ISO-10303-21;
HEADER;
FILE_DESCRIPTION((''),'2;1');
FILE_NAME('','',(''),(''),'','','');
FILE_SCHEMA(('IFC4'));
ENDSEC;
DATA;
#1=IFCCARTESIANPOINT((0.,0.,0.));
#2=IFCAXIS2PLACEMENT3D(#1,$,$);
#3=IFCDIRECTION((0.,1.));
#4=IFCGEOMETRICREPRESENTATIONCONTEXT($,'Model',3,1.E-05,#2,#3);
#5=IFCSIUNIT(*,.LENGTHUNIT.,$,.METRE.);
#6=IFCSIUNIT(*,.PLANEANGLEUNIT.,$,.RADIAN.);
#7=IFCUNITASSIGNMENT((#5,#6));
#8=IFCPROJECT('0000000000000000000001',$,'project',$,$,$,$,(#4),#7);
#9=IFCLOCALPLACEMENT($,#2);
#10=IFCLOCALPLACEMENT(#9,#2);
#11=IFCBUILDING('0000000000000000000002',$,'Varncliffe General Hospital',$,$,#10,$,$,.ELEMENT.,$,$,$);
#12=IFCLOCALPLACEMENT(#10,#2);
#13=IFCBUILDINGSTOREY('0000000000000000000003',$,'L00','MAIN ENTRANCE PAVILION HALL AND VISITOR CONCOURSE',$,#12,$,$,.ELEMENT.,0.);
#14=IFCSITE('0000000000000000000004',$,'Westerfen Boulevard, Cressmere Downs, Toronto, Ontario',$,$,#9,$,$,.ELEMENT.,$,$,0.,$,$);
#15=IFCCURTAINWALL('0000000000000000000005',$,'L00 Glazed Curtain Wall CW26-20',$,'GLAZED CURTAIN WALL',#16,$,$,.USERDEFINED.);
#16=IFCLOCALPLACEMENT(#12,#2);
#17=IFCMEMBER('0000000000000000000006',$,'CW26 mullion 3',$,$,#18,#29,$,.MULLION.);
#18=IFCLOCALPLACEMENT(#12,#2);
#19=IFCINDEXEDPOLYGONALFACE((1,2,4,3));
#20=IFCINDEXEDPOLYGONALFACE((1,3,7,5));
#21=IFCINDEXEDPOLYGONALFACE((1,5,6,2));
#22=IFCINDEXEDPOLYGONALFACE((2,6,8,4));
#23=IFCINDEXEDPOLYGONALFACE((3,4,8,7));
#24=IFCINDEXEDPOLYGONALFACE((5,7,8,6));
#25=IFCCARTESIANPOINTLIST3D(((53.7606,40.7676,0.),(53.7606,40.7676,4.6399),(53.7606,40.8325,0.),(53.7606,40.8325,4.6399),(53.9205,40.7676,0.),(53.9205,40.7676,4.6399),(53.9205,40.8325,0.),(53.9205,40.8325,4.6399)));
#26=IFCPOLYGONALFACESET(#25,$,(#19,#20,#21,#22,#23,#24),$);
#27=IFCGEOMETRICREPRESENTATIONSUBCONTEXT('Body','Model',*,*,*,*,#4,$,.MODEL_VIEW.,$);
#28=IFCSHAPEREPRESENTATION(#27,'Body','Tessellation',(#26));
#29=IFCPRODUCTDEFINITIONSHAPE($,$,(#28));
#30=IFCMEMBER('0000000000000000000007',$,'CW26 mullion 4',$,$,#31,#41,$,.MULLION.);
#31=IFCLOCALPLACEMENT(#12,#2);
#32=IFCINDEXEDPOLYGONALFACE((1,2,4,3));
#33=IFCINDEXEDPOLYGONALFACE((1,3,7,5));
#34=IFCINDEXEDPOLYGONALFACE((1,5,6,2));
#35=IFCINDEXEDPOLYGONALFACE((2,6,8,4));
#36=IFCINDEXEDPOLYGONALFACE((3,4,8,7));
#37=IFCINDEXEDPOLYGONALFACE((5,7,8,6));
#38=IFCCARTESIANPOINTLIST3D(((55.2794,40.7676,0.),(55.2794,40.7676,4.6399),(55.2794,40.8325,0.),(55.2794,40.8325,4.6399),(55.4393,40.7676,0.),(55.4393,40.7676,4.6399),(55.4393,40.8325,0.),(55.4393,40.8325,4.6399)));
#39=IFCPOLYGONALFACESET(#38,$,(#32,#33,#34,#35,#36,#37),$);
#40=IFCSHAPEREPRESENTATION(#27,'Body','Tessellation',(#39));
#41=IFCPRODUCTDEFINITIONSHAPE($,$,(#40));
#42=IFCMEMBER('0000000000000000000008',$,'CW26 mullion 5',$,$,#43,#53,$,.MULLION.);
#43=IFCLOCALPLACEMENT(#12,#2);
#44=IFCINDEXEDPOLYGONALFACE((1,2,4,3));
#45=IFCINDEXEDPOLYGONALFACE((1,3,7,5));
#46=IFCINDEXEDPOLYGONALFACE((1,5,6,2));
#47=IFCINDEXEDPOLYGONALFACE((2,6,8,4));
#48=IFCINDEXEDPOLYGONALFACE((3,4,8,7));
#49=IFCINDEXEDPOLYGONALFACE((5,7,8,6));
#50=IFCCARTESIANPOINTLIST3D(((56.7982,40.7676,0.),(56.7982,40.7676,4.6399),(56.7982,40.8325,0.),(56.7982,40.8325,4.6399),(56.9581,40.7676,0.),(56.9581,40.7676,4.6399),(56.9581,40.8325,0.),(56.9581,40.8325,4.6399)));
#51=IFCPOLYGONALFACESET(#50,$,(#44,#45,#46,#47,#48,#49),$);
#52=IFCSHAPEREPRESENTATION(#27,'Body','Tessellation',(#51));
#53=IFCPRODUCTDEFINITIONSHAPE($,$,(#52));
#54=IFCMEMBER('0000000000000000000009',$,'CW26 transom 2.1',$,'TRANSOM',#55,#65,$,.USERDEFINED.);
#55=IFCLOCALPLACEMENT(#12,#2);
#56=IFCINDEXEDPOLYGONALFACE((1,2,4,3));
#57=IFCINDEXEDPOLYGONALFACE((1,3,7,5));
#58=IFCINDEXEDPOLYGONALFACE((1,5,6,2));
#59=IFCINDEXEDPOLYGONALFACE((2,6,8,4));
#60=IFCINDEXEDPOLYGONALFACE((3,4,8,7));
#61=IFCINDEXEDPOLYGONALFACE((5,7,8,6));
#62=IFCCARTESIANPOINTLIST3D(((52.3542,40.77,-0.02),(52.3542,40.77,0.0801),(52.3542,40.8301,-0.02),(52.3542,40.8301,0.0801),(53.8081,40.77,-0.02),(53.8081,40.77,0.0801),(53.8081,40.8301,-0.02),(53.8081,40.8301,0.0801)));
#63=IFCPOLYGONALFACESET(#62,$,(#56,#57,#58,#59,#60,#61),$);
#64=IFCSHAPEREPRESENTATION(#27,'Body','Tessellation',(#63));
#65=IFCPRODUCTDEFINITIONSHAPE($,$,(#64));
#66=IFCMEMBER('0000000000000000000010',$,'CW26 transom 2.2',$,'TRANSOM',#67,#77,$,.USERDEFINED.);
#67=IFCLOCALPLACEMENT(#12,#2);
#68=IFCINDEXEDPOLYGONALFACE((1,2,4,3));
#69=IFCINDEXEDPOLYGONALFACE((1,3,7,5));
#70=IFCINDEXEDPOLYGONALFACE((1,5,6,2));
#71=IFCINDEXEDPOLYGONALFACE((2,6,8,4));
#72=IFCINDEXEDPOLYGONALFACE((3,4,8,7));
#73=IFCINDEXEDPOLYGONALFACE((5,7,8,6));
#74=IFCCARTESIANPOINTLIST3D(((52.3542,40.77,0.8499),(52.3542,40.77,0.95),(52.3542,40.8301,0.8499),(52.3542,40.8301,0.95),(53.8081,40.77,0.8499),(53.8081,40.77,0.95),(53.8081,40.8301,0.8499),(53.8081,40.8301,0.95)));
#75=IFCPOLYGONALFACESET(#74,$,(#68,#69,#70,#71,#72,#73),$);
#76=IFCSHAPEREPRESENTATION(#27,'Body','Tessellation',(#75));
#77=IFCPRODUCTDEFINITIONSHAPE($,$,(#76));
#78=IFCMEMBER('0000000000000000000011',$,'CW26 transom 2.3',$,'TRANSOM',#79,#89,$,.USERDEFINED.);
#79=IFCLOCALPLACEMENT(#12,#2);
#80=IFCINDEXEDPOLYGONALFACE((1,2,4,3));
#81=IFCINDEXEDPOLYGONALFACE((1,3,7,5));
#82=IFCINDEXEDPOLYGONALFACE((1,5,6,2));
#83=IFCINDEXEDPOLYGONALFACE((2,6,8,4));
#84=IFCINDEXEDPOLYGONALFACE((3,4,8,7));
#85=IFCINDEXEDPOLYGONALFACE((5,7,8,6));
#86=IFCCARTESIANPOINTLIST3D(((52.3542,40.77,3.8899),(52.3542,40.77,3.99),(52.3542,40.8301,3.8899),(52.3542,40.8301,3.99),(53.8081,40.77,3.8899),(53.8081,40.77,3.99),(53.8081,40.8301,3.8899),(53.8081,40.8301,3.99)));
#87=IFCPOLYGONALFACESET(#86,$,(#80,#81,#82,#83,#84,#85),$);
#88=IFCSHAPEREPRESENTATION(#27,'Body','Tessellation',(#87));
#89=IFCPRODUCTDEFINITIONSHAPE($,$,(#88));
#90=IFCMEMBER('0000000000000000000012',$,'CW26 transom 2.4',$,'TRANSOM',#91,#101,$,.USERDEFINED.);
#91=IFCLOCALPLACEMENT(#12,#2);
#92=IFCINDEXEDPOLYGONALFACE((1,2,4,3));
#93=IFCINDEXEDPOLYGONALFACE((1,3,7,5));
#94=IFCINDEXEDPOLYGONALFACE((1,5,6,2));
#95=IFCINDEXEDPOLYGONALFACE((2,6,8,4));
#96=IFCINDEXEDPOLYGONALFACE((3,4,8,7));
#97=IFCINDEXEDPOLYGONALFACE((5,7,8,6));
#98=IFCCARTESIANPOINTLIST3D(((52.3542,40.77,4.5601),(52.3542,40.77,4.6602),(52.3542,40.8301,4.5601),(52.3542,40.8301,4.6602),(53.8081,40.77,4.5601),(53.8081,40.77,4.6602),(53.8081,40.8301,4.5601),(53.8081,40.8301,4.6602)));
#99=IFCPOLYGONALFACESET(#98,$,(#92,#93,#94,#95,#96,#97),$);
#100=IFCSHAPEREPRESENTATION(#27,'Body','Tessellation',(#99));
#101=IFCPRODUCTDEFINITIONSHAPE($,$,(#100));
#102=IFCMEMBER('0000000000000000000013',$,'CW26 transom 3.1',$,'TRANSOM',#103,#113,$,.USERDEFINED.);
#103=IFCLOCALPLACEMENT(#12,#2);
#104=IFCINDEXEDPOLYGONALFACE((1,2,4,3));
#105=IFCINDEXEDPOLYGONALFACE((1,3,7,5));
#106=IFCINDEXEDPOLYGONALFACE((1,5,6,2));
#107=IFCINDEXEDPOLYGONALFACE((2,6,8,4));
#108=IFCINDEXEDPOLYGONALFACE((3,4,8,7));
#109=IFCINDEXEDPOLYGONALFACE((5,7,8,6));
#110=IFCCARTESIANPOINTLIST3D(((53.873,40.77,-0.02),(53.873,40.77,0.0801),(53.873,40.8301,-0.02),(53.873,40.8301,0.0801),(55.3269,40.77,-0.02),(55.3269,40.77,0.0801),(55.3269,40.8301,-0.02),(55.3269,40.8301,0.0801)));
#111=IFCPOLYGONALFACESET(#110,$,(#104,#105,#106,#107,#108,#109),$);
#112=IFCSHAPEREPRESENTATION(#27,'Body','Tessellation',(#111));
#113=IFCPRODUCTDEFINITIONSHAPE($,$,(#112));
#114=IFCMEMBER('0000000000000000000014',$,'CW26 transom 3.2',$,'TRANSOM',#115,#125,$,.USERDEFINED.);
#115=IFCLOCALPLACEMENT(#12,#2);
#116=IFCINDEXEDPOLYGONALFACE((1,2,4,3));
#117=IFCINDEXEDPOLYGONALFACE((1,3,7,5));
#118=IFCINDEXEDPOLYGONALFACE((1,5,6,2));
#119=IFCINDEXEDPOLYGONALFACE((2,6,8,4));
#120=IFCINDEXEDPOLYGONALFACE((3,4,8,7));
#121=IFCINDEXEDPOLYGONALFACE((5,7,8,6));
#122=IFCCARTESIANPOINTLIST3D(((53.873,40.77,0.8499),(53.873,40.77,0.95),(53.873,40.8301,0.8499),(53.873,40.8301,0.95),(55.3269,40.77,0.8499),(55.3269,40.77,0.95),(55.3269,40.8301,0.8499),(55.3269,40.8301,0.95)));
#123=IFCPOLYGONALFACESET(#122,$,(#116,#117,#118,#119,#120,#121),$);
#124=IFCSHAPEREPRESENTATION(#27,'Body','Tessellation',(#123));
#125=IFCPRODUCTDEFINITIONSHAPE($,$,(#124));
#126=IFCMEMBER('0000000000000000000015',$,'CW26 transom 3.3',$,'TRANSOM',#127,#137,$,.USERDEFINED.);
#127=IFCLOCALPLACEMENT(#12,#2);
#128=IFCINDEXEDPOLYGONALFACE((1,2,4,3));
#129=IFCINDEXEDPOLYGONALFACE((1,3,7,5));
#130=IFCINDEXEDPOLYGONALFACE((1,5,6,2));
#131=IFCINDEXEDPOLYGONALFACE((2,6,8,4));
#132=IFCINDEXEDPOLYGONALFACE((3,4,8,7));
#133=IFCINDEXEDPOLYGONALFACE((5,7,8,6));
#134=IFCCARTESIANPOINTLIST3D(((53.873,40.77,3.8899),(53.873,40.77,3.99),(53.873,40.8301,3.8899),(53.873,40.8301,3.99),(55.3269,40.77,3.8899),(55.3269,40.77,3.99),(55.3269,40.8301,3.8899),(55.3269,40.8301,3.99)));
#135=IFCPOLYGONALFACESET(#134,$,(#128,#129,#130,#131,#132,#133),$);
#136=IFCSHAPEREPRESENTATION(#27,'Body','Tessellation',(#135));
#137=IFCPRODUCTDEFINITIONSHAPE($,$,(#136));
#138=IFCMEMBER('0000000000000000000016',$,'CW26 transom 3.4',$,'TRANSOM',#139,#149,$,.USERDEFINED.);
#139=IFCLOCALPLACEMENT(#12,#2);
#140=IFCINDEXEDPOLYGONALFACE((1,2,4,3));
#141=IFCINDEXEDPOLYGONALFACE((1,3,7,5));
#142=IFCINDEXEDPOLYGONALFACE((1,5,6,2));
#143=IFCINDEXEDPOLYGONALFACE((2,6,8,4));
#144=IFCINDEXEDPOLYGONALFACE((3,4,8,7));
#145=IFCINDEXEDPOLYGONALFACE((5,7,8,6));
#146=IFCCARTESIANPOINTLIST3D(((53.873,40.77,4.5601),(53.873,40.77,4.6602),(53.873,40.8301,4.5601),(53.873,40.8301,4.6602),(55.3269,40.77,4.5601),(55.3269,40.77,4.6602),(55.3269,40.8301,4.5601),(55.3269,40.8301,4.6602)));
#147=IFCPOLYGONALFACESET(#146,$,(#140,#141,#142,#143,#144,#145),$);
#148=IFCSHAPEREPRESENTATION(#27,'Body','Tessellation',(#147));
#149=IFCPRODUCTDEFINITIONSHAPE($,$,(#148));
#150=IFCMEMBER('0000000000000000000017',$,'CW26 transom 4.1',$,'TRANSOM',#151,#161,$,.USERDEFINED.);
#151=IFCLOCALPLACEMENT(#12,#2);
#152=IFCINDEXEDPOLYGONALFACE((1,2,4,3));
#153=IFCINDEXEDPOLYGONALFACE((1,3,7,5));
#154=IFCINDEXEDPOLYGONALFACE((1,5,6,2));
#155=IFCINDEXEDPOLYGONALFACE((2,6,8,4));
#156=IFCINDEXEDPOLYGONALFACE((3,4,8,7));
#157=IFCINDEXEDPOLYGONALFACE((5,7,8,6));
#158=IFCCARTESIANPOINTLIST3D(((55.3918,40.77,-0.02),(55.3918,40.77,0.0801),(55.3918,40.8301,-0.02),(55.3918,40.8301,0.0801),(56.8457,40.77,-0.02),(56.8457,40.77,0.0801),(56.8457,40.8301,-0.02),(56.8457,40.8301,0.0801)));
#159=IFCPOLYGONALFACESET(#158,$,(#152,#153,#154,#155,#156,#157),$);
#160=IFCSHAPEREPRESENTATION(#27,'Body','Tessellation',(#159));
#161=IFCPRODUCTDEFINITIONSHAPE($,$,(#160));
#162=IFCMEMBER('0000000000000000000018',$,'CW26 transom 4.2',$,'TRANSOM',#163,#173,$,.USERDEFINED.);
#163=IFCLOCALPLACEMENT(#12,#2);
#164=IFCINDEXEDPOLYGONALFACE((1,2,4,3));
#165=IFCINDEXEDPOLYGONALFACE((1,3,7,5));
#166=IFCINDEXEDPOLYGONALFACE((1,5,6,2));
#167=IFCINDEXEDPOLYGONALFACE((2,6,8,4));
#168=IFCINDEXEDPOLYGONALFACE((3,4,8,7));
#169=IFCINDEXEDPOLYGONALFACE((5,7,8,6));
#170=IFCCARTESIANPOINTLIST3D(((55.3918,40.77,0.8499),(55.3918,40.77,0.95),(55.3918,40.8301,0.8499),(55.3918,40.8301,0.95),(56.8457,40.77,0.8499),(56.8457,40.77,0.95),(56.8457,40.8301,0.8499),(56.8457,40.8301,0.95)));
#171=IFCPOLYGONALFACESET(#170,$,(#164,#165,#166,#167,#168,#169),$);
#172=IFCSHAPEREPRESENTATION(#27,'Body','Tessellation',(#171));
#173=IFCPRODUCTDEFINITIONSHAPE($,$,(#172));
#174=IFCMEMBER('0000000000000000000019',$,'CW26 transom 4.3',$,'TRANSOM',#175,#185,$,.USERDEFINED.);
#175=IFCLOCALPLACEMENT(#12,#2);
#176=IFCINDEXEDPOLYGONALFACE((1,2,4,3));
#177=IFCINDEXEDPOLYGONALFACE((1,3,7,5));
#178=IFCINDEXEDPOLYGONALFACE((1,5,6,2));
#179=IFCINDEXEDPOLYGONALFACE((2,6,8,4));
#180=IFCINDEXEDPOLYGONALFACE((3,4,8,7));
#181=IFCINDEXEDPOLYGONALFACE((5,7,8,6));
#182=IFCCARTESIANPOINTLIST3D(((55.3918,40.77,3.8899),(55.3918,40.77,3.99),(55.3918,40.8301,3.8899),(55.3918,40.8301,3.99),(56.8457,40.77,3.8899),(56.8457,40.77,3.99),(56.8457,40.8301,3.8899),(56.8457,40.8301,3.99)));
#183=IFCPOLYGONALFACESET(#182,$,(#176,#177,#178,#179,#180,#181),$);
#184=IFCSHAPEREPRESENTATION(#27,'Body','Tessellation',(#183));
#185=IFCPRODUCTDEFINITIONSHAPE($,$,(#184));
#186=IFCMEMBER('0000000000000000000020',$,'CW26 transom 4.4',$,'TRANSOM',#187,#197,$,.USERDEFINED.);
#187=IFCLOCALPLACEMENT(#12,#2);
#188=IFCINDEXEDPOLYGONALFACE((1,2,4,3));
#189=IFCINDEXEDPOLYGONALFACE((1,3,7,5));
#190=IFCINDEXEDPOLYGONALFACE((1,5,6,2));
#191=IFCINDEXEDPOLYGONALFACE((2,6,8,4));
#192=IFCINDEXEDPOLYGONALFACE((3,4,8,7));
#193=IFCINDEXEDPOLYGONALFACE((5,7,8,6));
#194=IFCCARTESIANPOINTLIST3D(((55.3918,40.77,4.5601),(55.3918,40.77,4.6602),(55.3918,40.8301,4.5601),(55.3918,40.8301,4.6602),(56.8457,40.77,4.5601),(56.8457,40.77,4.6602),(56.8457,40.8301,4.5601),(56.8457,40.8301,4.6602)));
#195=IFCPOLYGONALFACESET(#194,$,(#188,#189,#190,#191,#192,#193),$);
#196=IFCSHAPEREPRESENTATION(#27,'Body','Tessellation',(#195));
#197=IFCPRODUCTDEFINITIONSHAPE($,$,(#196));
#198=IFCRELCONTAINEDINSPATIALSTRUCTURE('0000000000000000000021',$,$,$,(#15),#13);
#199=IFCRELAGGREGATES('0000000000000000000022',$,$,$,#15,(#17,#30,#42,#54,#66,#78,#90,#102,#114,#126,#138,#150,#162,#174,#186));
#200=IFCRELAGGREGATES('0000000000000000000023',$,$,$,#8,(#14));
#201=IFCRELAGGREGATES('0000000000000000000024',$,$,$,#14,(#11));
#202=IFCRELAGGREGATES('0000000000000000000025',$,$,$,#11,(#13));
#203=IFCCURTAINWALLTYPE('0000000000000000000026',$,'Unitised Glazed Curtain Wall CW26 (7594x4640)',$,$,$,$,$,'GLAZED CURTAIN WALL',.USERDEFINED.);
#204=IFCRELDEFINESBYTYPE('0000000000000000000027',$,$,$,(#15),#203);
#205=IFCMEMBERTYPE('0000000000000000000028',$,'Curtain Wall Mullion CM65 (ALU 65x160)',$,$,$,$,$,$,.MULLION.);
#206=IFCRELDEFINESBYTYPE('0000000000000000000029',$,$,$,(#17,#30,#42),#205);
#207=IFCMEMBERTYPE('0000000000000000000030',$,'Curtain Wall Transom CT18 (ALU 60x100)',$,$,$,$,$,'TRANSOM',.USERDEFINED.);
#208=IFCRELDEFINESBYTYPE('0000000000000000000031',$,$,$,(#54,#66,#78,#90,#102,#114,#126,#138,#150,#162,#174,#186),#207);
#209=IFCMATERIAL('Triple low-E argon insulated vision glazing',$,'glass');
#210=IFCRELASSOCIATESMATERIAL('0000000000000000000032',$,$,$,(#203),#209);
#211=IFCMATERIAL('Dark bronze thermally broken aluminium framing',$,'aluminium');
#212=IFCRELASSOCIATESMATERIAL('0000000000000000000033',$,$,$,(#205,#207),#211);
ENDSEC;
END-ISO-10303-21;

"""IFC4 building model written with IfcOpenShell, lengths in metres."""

from ifc_helpers import new_model, si_unit, direction, frame, origin, origin_2d, place, context, subcontext, project, spatial, rectangle, extrude, material, material_profile, profile_set, type_object, element, aggregate, save


model = new_model("IFC4")

# Units and contexts
model_context = context("Model", 3, precision=1e-05, world=origin(), true_north=direction((0.0, 1.0)))
body_context = subcontext(model_context, "Body", "Model", "MODEL_VIEW")
ifc_project = project(units=[si_unit("LENGTHUNIT", "METRE"), si_unit("PLANEANGLEUNIT", "RADIAN")], contexts=[model_context])

# Site, building, storey
site_placement = place(None, origin())
site = spatial("IfcSite", under=ifc_project, at=site_placement, Name="Westerfen Boulevard, Cressmere Downs, Toronto, Ontario", CompositionType="ELEMENT", RefElevation=0.0)
building_placement = place(site_placement, origin())
building = spatial("IfcBuilding", under=site, at=building_placement, Name="Varncliffe General Hospital", CompositionType="ELEMENT")
storey_placement = place(building_placement, origin())
storey = spatial("IfcBuildingStorey", under=building, at=storey_placement, Name="L00", Description="MAIN ENTRANCE PAVILION HALL AND VISITOR CONCOURSE", CompositionType="ELEMENT", Elevation=0.0)

# Curtain wall, members
ifc_material_1 = material(Name="Triple low-E argon insulated vision glazing", Category="glass")
curtain_wall_type = type_object("IfcCurtainWallType", Name="Unitised Glazed Curtain Wall CW26 (7594x4640)", ElementType="GLAZED CURTAIN WALL", PredefinedType="USERDEFINED", material=ifc_material_1)
curtain_wall_placement = place(storey_placement, origin())
curtain_wall = element("IfcCurtainWall", 1, at=curtain_wall_placement, inside=storey, type_object=curtain_wall_type, Name="L00 Glazed Curtain Wall CW26-20", ObjectType="GLAZED CURTAIN WALL", PredefinedType="USERDEFINED")
ifc_material_2 = material(Name="Dark bronze thermally broken aluminium framing", Category="aluminium")
ifc_material_profile_1 = material_profile(ifc_material_2, rectangle(XDim=0.0649, YDim=0.1599, at=origin_2d()), Name="ALU 65x160")
ifc_profile_set_1 = profile_set([ifc_material_profile_1], Name="Dark bronze thermally broken aluminium framing")
member_type_1 = type_object("IfcMemberType", Name="Curtain Wall Mullion CM65 (ALU 65x160)", PredefinedType="MULLION", material=ifc_profile_set_1)
member_1_placement = place(storey_placement, frame((53.8406, 40.8, 0.0), z_axis=(0.0, 0.0, 1.0), x_axis=(0.0, 1.0, 0.0)))
member_1 = element("IfcMember", 2, at=member_1_placement, type_object=member_type_1, Name="CW26 mullion 3", PredefinedType="MULLION", context=body_context, shape_type="SweptSolid", body=[
    extrude(rectangle(XDim=0.0649, YDim=0.1599, at=origin_2d()), origin(), (0.0, 0.0, 1.0), 4.6399),
])
member_2_placement = place(storey_placement, frame((55.3594, 40.8, 0.0), z_axis=(0.0, 0.0, 1.0), x_axis=(0.0, 1.0, 0.0)))
member_2 = element("IfcMember", 3, at=member_2_placement, type_object=member_type_1, Name="CW26 mullion 4", PredefinedType="MULLION", context=body_context, shape_type="SweptSolid", body=[
    extrude(rectangle(XDim=0.0649, YDim=0.1599, at=origin_2d()), origin(), (0.0, 0.0, 1.0), 4.6399),
])
member_3_placement = place(storey_placement, frame((56.8782, 40.8, 0.0), z_axis=(0.0, 0.0, 1.0), x_axis=(0.0, 1.0, 0.0)))
member_3 = element("IfcMember", 4, at=member_3_placement, type_object=member_type_1, Name="CW26 mullion 5", PredefinedType="MULLION", context=body_context, shape_type="SweptSolid", body=[
    extrude(rectangle(XDim=0.0649, YDim=0.1599, at=origin_2d()), origin(), (0.0, 0.0, 1.0), 4.6399),
])
ifc_material_profile_2 = material_profile(ifc_material_2, rectangle(XDim=0.0601, YDim=0.1001, at=origin_2d()), Name="ALU 60x100")
ifc_profile_set_2 = profile_set([ifc_material_profile_2], Name="Dark bronze thermally broken aluminium framing")
member_type_2 = type_object("IfcMemberType", Name="Curtain Wall Transom CT18 (ALU 60x100)", ElementType="TRANSOM", PredefinedType="USERDEFINED", material=ifc_profile_set_2)
member_4_placement = place(storey_placement, frame((52.3542, 40.8, 0.03), z_axis=(1.0, 0.0, 0.0), x_axis=(0.0, 1.0, 0.0)))
member_4 = element("IfcMember", 5, at=member_4_placement, type_object=member_type_2, Name="CW26 transom 2.1", ObjectType="TRANSOM", PredefinedType="USERDEFINED", context=body_context, shape_type="SweptSolid", body=[
    extrude(rectangle(XDim=0.0601, YDim=0.1001, at=origin_2d()), origin(), (0.0, 0.0, 1.0), 1.4539),
])
member_5_placement = place(storey_placement, frame((52.3542, 40.8, 0.8999), z_axis=(1.0, 0.0, 0.0), x_axis=(0.0, 1.0, 0.0)))
member_5 = element("IfcMember", 6, at=member_5_placement, type_object=member_type_2, Name="CW26 transom 2.2", ObjectType="TRANSOM", PredefinedType="USERDEFINED", context=body_context, shape_type="SweptSolid", body=[
    extrude(rectangle(XDim=0.0601, YDim=0.1001, at=origin_2d()), origin(), (0.0, 0.0, 1.0), 1.4539),
])
member_6_placement = place(storey_placement, frame((52.3542, 40.8, 3.9399), z_axis=(1.0, 0.0, 0.0), x_axis=(0.0, 1.0, 0.0)))
member_6 = element("IfcMember", 7, at=member_6_placement, type_object=member_type_2, Name="CW26 transom 2.3", ObjectType="TRANSOM", PredefinedType="USERDEFINED", context=body_context, shape_type="SweptSolid", body=[
    extrude(rectangle(XDim=0.0601, YDim=0.1001, at=origin_2d()), origin(), (0.0, 0.0, 1.0), 1.4539),
])
member_7_placement = place(storey_placement, frame((52.3542, 40.8, 4.6101), z_axis=(1.0, 0.0, 0.0), x_axis=(0.0, 1.0, 0.0)))
member_7 = element("IfcMember", 8, at=member_7_placement, type_object=member_type_2, Name="CW26 transom 2.4", ObjectType="TRANSOM", PredefinedType="USERDEFINED", context=body_context, shape_type="SweptSolid", body=[
    extrude(rectangle(XDim=0.0601, YDim=0.1001, at=origin_2d()), origin(), (0.0, 0.0, 1.0), 1.4539),
])
member_8_placement = place(storey_placement, frame((53.873, 40.8, 0.03), z_axis=(1.0, 0.0, 0.0), x_axis=(0.0, 1.0, 0.0)))
member_8 = element("IfcMember", 9, at=member_8_placement, type_object=member_type_2, Name="CW26 transom 3.1", ObjectType="TRANSOM", PredefinedType="USERDEFINED", context=body_context, shape_type="SweptSolid", body=[
    extrude(rectangle(XDim=0.0601, YDim=0.1001, at=origin_2d()), origin(), (0.0, 0.0, 1.0), 1.4539),
])
member_9_placement = place(storey_placement, frame((53.873, 40.8, 0.8999), z_axis=(1.0, 0.0, 0.0), x_axis=(0.0, 1.0, 0.0)))
member_9 = element("IfcMember", 10, at=member_9_placement, type_object=member_type_2, Name="CW26 transom 3.2", ObjectType="TRANSOM", PredefinedType="USERDEFINED", context=body_context, shape_type="SweptSolid", body=[
    extrude(rectangle(XDim=0.0601, YDim=0.1001, at=origin_2d()), origin(), (0.0, 0.0, 1.0), 1.4539),
])
member_10_placement = place(storey_placement, frame((53.873, 40.8, 3.9399), z_axis=(1.0, 0.0, 0.0), x_axis=(0.0, 1.0, 0.0)))
member_10 = element("IfcMember", 11, at=member_10_placement, type_object=member_type_2, Name="CW26 transom 3.3", ObjectType="TRANSOM", PredefinedType="USERDEFINED", context=body_context, shape_type="SweptSolid", body=[
    extrude(rectangle(XDim=0.0601, YDim=0.1001, at=origin_2d()), origin(), (0.0, 0.0, 1.0), 1.4539),
])
member_11_placement = place(storey_placement, frame((53.873, 40.8, 4.6101), z_axis=(1.0, 0.0, 0.0), x_axis=(0.0, 1.0, 0.0)))
member_11 = element("IfcMember", 12, at=member_11_placement, type_object=member_type_2, Name="CW26 transom 3.4", ObjectType="TRANSOM", PredefinedType="USERDEFINED", context=body_context, shape_type="SweptSolid", body=[
    extrude(rectangle(XDim=0.0601, YDim=0.1001, at=origin_2d()), origin(), (0.0, 0.0, 1.0), 1.4539),
])
member_12_placement = place(storey_placement, frame((55.3918, 40.8, 0.03), z_axis=(1.0, 0.0, 0.0), x_axis=(0.0, 1.0, 0.0)))
member_12 = element("IfcMember", 13, at=member_12_placement, type_object=member_type_2, Name="CW26 transom 4.1", ObjectType="TRANSOM", PredefinedType="USERDEFINED", context=body_context, shape_type="SweptSolid", body=[
    extrude(rectangle(XDim=0.0601, YDim=0.1001, at=origin_2d()), origin(), (0.0, 0.0, 1.0), 1.4539),
])
member_13_placement = place(storey_placement, frame((55.3918, 40.8, 0.8999), z_axis=(1.0, 0.0, 0.0), x_axis=(0.0, 1.0, 0.0)))
member_13 = element("IfcMember", 14, at=member_13_placement, type_object=member_type_2, Name="CW26 transom 4.2", ObjectType="TRANSOM", PredefinedType="USERDEFINED", context=body_context, shape_type="SweptSolid", body=[
    extrude(rectangle(XDim=0.0601, YDim=0.1001, at=origin_2d()), origin(), (0.0, 0.0, 1.0), 1.4539),
])
member_14_placement = place(storey_placement, frame((55.3918, 40.8, 3.9399), z_axis=(1.0, 0.0, 0.0), x_axis=(0.0, 1.0, 0.0)))
member_14 = element("IfcMember", 15, at=member_14_placement, type_object=member_type_2, Name="CW26 transom 4.3", ObjectType="TRANSOM", PredefinedType="USERDEFINED", context=body_context, shape_type="SweptSolid", body=[
    extrude(rectangle(XDim=0.0601, YDim=0.1001, at=origin_2d()), origin(), (0.0, 0.0, 1.0), 1.4539),
])
member_15_placement = place(storey_placement, frame((55.3918, 40.8, 4.6101), z_axis=(1.0, 0.0, 0.0), x_axis=(0.0, 1.0, 0.0)))
member_15 = element("IfcMember", 16, at=member_15_placement, type_object=member_type_2, Name="CW26 transom 4.4", ObjectType="TRANSOM", PredefinedType="USERDEFINED", context=body_context, shape_type="SweptSolid", body=[
    extrude(rectangle(XDim=0.0601, YDim=0.1001, at=origin_2d()), origin(), (0.0, 0.0, 1.0), 1.4539),
])
aggregate(curtain_wall, [member_1, member_2, member_3, member_4, member_5, member_6, member_7, member_8, member_9, member_10, member_11, member_12, member_13, member_14, member_15])

save(model, "model.ifc")
